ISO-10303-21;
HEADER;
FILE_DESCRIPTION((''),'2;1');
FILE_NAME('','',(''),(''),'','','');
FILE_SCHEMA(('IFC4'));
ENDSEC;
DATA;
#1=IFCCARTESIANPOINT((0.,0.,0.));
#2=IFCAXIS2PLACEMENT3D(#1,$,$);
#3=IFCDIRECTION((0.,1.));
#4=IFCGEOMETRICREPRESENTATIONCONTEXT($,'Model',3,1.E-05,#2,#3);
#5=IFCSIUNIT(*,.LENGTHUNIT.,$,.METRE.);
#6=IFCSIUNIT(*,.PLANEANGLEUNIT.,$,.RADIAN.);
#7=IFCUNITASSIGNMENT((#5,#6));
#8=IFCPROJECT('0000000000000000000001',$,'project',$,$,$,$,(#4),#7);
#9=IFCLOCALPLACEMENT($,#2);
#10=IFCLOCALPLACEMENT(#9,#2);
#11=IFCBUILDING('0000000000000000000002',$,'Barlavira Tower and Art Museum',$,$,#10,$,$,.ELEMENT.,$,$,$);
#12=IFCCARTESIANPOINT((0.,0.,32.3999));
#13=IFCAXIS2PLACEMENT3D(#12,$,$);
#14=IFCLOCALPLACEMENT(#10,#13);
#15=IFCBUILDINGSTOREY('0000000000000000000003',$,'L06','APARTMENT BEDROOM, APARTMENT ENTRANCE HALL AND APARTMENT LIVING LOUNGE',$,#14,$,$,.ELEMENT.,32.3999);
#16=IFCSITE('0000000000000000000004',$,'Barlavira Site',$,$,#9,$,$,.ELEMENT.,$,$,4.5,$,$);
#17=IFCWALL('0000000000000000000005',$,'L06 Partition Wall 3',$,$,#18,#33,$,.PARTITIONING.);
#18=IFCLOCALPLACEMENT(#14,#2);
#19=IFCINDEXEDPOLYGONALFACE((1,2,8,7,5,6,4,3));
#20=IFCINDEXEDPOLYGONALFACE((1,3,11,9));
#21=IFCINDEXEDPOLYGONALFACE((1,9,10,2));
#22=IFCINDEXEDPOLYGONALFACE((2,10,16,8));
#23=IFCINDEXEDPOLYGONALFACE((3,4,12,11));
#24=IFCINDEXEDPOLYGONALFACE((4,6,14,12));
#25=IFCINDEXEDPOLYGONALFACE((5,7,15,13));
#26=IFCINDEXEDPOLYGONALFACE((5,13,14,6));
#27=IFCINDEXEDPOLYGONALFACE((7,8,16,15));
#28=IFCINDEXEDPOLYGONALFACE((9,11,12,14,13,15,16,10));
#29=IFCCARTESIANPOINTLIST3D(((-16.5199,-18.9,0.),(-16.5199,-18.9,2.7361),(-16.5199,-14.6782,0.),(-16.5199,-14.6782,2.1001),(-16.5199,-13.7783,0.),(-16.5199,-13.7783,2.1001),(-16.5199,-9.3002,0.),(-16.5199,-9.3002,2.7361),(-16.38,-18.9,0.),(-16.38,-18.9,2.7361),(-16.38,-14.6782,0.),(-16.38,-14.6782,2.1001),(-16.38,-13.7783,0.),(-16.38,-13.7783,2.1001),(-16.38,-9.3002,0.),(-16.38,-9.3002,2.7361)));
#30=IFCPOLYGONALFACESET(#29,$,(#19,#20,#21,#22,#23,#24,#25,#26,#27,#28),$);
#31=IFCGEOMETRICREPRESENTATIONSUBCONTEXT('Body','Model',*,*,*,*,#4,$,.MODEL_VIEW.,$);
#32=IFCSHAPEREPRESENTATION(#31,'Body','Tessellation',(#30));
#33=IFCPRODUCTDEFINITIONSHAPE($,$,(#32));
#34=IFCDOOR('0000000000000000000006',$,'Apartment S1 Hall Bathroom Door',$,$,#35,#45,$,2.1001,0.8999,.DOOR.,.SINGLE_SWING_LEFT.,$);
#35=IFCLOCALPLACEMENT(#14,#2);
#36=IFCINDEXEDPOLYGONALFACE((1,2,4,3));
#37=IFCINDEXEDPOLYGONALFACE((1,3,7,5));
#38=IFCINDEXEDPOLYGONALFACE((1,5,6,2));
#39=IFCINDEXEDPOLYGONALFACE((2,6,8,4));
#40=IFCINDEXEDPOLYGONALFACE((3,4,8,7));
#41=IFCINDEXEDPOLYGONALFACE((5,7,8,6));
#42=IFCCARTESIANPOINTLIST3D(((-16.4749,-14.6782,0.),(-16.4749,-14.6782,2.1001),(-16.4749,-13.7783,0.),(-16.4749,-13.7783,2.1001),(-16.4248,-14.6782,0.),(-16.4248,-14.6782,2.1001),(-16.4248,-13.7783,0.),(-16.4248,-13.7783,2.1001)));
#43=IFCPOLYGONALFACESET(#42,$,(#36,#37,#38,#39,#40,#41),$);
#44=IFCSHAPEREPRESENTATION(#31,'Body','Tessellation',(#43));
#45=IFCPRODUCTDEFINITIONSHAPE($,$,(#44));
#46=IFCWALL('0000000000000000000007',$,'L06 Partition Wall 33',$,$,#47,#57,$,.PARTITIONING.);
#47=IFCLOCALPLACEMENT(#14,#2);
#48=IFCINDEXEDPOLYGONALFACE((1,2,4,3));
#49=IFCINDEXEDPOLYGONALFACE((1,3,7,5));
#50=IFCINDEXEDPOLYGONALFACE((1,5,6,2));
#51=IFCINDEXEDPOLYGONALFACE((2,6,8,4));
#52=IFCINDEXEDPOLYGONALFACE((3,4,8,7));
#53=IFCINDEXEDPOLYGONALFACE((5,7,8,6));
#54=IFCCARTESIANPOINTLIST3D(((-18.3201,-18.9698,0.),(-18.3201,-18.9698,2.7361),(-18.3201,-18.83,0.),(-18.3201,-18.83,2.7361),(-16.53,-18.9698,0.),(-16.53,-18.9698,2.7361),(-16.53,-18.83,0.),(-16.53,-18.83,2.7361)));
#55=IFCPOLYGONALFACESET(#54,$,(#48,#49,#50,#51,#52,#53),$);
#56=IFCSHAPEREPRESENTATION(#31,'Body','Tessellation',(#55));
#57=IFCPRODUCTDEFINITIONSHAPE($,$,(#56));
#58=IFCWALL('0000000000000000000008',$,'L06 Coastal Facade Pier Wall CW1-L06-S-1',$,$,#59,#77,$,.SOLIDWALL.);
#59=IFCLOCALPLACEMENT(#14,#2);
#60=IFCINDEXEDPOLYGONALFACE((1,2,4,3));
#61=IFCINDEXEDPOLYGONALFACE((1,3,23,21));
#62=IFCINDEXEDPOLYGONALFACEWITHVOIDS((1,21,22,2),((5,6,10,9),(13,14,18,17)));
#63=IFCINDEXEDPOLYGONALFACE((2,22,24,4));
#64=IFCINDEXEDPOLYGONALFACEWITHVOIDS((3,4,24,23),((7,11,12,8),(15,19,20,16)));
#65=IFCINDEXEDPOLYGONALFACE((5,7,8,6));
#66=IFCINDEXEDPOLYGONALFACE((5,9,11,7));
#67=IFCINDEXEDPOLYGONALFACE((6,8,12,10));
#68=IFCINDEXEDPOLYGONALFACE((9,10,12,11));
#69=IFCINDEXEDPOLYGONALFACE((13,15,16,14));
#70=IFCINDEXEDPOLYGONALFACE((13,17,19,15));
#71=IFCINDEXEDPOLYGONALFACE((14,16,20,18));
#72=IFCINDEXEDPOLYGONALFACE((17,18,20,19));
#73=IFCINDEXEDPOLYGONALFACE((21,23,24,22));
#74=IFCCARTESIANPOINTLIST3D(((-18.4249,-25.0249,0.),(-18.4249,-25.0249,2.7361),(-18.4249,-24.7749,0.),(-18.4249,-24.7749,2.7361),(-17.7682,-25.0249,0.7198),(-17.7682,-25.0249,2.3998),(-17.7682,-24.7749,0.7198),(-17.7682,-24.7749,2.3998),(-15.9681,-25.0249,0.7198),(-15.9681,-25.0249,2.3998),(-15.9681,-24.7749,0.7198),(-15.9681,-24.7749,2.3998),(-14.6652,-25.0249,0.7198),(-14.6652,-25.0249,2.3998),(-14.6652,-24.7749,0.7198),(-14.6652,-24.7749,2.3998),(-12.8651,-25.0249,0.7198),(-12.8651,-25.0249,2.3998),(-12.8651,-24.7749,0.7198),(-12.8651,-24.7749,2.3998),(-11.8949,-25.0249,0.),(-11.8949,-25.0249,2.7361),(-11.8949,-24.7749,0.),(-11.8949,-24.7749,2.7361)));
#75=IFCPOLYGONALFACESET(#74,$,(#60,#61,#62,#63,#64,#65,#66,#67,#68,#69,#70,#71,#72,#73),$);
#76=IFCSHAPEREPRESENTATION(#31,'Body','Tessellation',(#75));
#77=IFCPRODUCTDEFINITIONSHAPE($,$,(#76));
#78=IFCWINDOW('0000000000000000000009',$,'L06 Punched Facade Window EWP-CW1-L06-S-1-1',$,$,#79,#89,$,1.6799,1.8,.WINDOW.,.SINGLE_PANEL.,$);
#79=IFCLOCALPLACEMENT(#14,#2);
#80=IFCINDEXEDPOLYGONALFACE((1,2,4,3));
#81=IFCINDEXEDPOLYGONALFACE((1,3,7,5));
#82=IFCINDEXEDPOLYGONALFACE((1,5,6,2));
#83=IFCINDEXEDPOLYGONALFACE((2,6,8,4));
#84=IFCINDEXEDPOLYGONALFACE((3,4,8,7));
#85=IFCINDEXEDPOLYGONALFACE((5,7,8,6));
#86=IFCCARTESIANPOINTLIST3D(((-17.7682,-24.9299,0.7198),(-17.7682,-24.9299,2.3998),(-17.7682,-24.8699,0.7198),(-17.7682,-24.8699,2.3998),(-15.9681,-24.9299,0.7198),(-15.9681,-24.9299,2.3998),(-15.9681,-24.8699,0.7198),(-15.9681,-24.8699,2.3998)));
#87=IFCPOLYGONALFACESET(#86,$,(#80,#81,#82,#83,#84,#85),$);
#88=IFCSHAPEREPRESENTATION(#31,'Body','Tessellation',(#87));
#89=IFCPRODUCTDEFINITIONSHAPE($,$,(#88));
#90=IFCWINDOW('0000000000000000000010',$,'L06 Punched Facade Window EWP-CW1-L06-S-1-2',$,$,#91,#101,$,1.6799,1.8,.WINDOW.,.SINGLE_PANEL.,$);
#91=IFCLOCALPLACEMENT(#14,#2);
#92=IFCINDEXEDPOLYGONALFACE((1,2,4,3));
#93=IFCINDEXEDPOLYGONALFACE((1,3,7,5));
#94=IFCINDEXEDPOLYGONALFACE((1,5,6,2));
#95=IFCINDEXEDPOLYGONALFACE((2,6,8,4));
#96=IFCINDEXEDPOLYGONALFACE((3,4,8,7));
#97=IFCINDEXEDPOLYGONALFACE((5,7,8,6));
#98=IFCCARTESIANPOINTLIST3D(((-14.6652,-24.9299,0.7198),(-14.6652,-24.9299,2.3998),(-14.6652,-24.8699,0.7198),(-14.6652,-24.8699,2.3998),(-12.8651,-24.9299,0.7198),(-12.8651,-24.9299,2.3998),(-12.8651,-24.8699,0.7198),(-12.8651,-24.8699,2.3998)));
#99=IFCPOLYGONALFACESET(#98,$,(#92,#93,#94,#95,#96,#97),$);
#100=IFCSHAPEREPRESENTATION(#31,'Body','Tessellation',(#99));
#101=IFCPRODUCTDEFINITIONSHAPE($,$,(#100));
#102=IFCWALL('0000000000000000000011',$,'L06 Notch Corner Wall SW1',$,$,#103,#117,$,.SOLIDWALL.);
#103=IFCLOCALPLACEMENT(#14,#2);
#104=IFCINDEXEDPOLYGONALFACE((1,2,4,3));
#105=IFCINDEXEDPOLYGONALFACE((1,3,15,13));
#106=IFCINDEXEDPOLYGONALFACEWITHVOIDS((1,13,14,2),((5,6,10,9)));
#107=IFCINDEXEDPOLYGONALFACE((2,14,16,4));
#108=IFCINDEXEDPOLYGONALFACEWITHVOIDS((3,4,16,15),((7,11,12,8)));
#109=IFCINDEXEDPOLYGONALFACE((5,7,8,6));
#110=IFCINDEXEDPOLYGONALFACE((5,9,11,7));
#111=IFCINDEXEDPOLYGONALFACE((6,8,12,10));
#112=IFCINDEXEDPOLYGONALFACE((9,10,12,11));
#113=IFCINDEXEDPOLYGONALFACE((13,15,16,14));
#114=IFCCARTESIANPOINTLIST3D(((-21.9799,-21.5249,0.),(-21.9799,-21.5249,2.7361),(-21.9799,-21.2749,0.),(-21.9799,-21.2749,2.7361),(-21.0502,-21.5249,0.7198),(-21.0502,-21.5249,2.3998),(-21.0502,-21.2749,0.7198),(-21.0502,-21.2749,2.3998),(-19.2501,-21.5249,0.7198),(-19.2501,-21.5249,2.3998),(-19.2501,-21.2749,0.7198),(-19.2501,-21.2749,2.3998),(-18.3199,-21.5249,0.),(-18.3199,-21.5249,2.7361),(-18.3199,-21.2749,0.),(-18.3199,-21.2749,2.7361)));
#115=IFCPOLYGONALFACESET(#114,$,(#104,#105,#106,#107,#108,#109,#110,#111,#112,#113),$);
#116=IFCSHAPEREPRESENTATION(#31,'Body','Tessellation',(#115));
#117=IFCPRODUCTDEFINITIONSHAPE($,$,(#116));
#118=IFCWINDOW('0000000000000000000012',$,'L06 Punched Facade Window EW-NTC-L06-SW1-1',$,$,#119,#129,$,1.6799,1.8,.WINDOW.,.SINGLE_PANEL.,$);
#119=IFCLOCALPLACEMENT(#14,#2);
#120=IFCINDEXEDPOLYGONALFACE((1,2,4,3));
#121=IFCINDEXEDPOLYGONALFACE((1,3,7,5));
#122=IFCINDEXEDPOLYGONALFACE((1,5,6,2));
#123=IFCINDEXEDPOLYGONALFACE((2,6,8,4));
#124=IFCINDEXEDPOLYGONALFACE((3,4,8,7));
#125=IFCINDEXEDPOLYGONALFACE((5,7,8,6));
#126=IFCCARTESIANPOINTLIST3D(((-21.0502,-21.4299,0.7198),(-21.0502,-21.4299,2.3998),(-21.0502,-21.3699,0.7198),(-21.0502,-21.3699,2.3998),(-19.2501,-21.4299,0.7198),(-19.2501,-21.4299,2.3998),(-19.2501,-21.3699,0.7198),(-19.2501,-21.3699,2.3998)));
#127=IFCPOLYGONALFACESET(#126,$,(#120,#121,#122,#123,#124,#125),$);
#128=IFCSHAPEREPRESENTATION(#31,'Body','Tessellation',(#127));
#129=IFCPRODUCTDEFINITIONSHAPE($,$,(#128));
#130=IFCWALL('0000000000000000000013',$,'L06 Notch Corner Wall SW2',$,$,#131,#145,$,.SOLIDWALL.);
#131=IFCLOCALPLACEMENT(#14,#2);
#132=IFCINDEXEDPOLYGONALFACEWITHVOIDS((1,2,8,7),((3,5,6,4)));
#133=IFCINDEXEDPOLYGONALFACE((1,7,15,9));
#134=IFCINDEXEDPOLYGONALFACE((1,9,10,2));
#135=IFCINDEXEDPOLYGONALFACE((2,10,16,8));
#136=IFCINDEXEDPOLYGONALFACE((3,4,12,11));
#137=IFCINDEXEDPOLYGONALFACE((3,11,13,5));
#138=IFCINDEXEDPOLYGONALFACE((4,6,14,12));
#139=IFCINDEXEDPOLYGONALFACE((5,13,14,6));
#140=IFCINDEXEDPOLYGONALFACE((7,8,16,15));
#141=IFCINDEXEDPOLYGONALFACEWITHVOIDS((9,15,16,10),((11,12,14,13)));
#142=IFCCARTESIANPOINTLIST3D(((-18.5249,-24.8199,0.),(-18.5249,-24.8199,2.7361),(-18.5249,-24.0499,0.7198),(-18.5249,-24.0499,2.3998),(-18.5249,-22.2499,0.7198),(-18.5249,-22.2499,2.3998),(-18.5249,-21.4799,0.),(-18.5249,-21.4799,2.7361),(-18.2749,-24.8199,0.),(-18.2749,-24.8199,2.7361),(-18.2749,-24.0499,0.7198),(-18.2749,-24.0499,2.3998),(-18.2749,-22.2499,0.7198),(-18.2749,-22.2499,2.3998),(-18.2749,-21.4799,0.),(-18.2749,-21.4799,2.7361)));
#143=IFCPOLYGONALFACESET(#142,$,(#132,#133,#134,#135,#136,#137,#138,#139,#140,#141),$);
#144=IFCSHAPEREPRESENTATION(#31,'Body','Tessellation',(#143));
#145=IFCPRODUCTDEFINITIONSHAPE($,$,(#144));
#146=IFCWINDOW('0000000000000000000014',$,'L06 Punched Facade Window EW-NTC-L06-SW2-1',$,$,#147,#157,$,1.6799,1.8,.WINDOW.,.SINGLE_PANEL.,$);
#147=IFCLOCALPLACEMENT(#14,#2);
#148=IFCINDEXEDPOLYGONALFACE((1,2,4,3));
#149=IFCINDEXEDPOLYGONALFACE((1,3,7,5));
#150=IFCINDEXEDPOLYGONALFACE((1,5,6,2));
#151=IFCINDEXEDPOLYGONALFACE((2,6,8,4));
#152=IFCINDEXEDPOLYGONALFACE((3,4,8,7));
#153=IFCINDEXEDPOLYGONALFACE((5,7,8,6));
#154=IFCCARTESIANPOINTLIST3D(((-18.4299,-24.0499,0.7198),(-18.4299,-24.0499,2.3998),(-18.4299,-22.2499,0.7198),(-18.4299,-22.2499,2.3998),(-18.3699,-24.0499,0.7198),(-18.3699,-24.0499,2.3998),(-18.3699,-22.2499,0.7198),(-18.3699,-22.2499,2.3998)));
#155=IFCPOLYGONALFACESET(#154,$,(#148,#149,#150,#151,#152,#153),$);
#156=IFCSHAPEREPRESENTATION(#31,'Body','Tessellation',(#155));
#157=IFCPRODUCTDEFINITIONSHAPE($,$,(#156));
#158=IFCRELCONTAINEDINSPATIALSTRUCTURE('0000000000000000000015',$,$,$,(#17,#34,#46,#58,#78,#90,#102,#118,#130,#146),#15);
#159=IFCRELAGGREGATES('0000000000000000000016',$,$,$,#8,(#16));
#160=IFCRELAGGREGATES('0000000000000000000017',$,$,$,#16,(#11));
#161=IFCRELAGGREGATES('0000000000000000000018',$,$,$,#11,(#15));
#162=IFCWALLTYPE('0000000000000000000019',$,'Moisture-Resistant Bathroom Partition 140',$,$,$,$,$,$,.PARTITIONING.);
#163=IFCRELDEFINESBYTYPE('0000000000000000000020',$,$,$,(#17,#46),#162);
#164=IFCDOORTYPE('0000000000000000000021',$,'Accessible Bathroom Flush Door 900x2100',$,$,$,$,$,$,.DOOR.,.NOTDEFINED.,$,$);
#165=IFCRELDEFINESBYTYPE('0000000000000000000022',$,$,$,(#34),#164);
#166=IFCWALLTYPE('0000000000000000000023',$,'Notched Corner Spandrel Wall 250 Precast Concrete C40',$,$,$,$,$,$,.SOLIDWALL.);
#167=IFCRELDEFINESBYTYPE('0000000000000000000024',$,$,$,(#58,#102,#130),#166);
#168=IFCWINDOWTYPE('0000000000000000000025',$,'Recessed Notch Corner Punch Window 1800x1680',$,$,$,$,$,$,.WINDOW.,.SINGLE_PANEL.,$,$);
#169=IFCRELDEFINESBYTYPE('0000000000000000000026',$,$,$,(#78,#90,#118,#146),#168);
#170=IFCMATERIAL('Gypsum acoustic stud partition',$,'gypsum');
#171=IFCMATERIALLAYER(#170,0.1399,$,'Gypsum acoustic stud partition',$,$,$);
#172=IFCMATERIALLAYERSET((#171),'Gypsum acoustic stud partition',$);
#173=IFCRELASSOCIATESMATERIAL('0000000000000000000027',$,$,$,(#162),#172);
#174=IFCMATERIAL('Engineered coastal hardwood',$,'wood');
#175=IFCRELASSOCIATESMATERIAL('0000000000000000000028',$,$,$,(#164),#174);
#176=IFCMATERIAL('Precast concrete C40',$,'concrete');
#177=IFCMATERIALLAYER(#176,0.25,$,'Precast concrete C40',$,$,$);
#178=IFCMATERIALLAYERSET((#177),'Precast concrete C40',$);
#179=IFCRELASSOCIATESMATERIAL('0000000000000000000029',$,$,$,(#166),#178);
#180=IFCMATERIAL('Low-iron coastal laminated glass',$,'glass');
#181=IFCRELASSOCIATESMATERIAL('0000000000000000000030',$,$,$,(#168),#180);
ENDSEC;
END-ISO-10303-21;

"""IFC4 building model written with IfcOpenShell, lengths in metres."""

from ifc_helpers import new_model, si_unit, direction, frame, frame_2d, origin, place, context, subcontext, project, spatial, rectangle, extrude, material, layer, layer_set, type_object, element, fill, save


model = new_model("IFC4")

# Units and contexts
model_context = context("Model", 3, precision=1e-05, world=origin(), true_north=direction((0.0, 1.0)))
body_context = subcontext(model_context, "Body", "Model", "MODEL_VIEW")
ifc_project = project(units=[si_unit("LENGTHUNIT", "METRE"), si_unit("PLANEANGLEUNIT", "RADIAN")], contexts=[model_context])

# Site, building, storey
site_placement = place(None, origin())
site = spatial("IfcSite", under=ifc_project, at=site_placement, Name="Barlavira Site", CompositionType="ELEMENT", RefElevation=4.5)
building_placement = place(site_placement, origin())
building = spatial("IfcBuilding", under=site, at=building_placement, Name="Barlavira Tower and Art Museum", CompositionType="ELEMENT")
storey_placement = place(building_placement, frame((0.0, 0.0, 32.3999)))
storey = spatial("IfcBuildingStorey", under=building, at=storey_placement, Name="L06", Description="APARTMENT BEDROOM, APARTMENT ENTRANCE HALL AND APARTMENT LIVING LOUNGE", CompositionType="ELEMENT", Elevation=32.3999)

# Shared definitions
ifc_material_1 = material(Name="Gypsum acoustic stud partition", Category="gypsum")
ifc_material_2 = material(Name="Engineered coastal hardwood", Category="wood")

# Wall, opening, door
ifc_layer_1 = layer(ifc_material_1, 0.1399, Name="Gypsum acoustic stud partition")
ifc_layer_set_1 = layer_set([ifc_layer_1], Name="Gypsum acoustic stud partition")
wall_type_1 = type_object("IfcWallType", Name="Moisture-Resistant Bathroom Partition 140", PredefinedType="PARTITIONING", material=ifc_layer_set_1)
wall_1_placement = place(storey_placement, frame((-16.45, -18.8999, 0.0), z_axis=(0.0, 0.0, 1.0), x_axis=(0.0, 1.0, 0.0)))
wall_1 = element("IfcWall", 1, at=wall_1_placement, inside=storey, type_object=wall_type_1, Name="L06 Partition Wall 3", PredefinedType="PARTITIONING", context=body_context, shape_type="SweptSolid", body=[
    extrude(rectangle(XDim=9.5999, YDim=0.1399, at=frame_2d((4.7998, 0.0))), origin(), (0.0, 0.0, 1.0), 2.7361),
])
opening_1_placement = place(wall_1_placement, frame((4.2217, 0.0, 0.0)))
opening_1 = element("IfcOpeningElement", 2, at=opening_1_placement, cuts=wall_1, PredefinedType="OPENING", context=body_context, shape_type="SweptSolid", body=[
    extrude(rectangle(XDim=0.8999, YDim=2.1001, at=frame_2d((0.45, 1.05))), frame((0.0, 0.0801, 0.0), z_axis=(0.0, -1.0, 0.0), x_axis=(1.0, 0.0, 0.0)), (0.0, 0.0, 1.0), 0.1599),
])
door_type_1 = type_object("IfcDoorType", Name="Accessible Bathroom Flush Door 900x2100", OperationType="NOTDEFINED", PredefinedType="DOOR", material=ifc_material_2)
door_1_placement = place(opening_1_placement, origin())
door_1 = element("IfcDoor", 3, at=door_1_placement, inside=storey, type_object=door_type_1, Name="Apartment S1 Hall Bathroom Door", OperationType="SINGLE_SWING_LEFT", OverallHeight=2.1001, OverallWidth=0.8999, PredefinedType="DOOR", context=body_context, shape_type="SweptSolid", body=[
    extrude(rectangle(XDim=0.8999, YDim=2.1001, at=frame_2d((0.45, 1.05))), frame((0.0, 0.0249, 0.0), z_axis=(0.0, -1.0, 0.0), x_axis=(1.0, 0.0, 0.0)), (0.0, 0.0, 1.0), 0.05),
])
fill(opening_1, door_1)

# Wall
wall_2_placement = place(storey_placement, frame((-18.3201, -18.8999, 0.0), z_axis=(0.0, 0.0, 1.0), x_axis=(1.0, 0.0, 0.0)))
element("IfcWall", 4, at=wall_2_placement, inside=storey, type_object=wall_type_1, Name="L06 Partition Wall 33", PredefinedType="PARTITIONING", context=body_context, shape_type="SweptSolid", body=[
    extrude(rectangle(XDim=1.79, YDim=0.1399, at=frame_2d((0.895, 0.0))), origin(), (0.0, 0.0, 1.0), 2.7361),
])

# Wall, openings, windows
ifc_material_3 = material(Name="Precast concrete C40", Category="concrete")
ifc_layer_2 = layer(ifc_material_3, 0.25, Name="Precast concrete C40")
ifc_layer_set_2 = layer_set([ifc_layer_2], Name="Precast concrete C40")
wall_type_2 = type_object("IfcWallType", Name="Notched Corner Spandrel Wall 250 Precast Concrete C40", PredefinedType="SOLIDWALL", material=ifc_layer_set_2)
wall_3_placement = place(storey_placement, frame((-18.425, -24.8999, 0.0), z_axis=(0.0, 0.0, 1.0), x_axis=(1.0, 0.0, 0.0)))
wall_3 = element("IfcWall", 5, at=wall_3_placement, inside=storey, type_object=wall_type_2, Name="L06 Coastal Facade Pier Wall CW1-L06-S-1", PredefinedType="SOLIDWALL", context=body_context, shape_type="SweptSolid", body=[
    extrude(rectangle(XDim=6.53, YDim=0.25, at=frame_2d((3.2651, 0.0))), origin(), (0.0, 0.0, 1.0), 2.7361),
])
opening_2_placement = place(wall_3_placement, frame((0.657, 0.0, 0.72)))
opening_2 = element("IfcOpeningElement", 6, at=opening_2_placement, cuts=wall_3, PredefinedType="OPENING", context=body_context, shape_type="SweptSolid", body=[
    extrude(rectangle(XDim=1.8, YDim=1.6799, at=frame_2d((0.8999, 0.8398))), frame((0.0, 0.135, 0.0), z_axis=(0.0, -1.0, 0.0), x_axis=(1.0, 0.0, 0.0)), (0.0, 0.0, 1.0), 0.27),
])
opening_3_placement = place(wall_3_placement, frame((3.76, 0.0, 0.72)))
opening_3 = element("IfcOpeningElement", 7, at=opening_3_placement, cuts=wall_3, PredefinedType="OPENING", context=body_context, shape_type="SweptSolid", body=[
    extrude(rectangle(XDim=1.8, YDim=1.6799, at=frame_2d((0.8999, 0.8398))), frame((0.0, 0.135, 0.0), z_axis=(0.0, -1.0, 0.0), x_axis=(1.0, 0.0, 0.0)), (0.0, 0.0, 1.0), 0.27),
])
ifc_material_4 = material(Name="Low-iron coastal laminated glass", Category="glass")
window_type = type_object("IfcWindowType", Name="Recessed Notch Corner Punch Window 1800x1680", PartitioningType="SINGLE_PANEL", PredefinedType="WINDOW", material=ifc_material_4)
window_1_placement = place(opening_2_placement, origin())
window_1 = element("IfcWindow", 8, at=window_1_placement, inside=storey, type_object=window_type, Name="L06 Punched Facade Window EWP-CW1-L06-S-1-1", OverallHeight=1.6799, OverallWidth=1.8, PartitioningType="SINGLE_PANEL", PredefinedType="WINDOW", context=body_context, shape_type="SweptSolid", body=[
    extrude(rectangle(XDim=1.8, YDim=1.6799, at=frame_2d((0.8999, 0.8398))), frame((0.0, 0.03, 0.0), z_axis=(0.0, -1.0, 0.0), x_axis=(1.0, 0.0, 0.0)), (0.0, 0.0, 1.0), 0.0601),
])
fill(opening_2, window_1)
window_2_placement = place(opening_3_placement, origin())
window_2 = element("IfcWindow", 9, at=window_2_placement, inside=storey, type_object=window_type, Name="L06 Punched Facade Window EWP-CW1-L06-S-1-2", OverallHeight=1.6799, OverallWidth=1.8, PartitioningType="SINGLE_PANEL", PredefinedType="WINDOW", context=body_context, shape_type="SweptSolid", body=[
    extrude(rectangle(XDim=1.8, YDim=1.6799, at=frame_2d((0.8999, 0.8398))), frame((0.0, 0.03, 0.0), z_axis=(0.0, -1.0, 0.0), x_axis=(1.0, 0.0, 0.0)), (0.0, 0.0, 1.0), 0.0601),
])
fill(opening_3, window_2)

# Walls, openings, windows
wall_4_placement = place(storey_placement, frame((-21.98, -21.3999, 0.0), z_axis=(0.0, 0.0, 1.0), x_axis=(1.0, 0.0, 0.0)))
wall_4 = element("IfcWall", 10, at=wall_4_placement, inside=storey, type_object=wall_type_2, Name="L06 Notch Corner Wall SW1", PredefinedType="SOLIDWALL", context=body_context, shape_type="SweptSolid", body=[
    extrude(rectangle(XDim=3.6599, YDim=0.25, at=frame_2d((1.8301, 0.0))), origin(), (0.0, 0.0, 1.0), 2.7361),
])
opening_4_placement = place(wall_4_placement, frame((0.9299, 0.0, 0.72)))
opening_4 = element("IfcOpeningElement", 11, at=opening_4_placement, cuts=wall_4, PredefinedType="OPENING", context=body_context, shape_type="SweptSolid", body=[
    extrude(rectangle(XDim=1.8, YDim=1.6799, at=frame_2d((0.8999, 0.8398))), frame((0.0, 0.135, 0.0), z_axis=(0.0, -1.0, 0.0), x_axis=(1.0, 0.0, 0.0)), (0.0, 0.0, 1.0), 0.27),
])
window_3_placement = place(opening_4_placement, origin())
window_3 = element("IfcWindow", 12, at=window_3_placement, inside=storey, type_object=window_type, Name="L06 Punched Facade Window EW-NTC-L06-SW1-1", OverallHeight=1.6799, OverallWidth=1.8, PartitioningType="SINGLE_PANEL", PredefinedType="WINDOW", context=body_context, shape_type="SweptSolid", body=[
    extrude(rectangle(XDim=1.8, YDim=1.6799, at=frame_2d((0.8999, 0.8398))), frame((0.0, 0.03, 0.0), z_axis=(0.0, -1.0, 0.0), x_axis=(1.0, 0.0, 0.0)), (0.0, 0.0, 1.0), 0.0601),
])
fill(opening_4, window_3)
wall_5_placement = place(storey_placement, frame((-18.3999, -21.48, 0.0), z_axis=(0.0, 0.0, 1.0), x_axis=(0.0, -1.0, 0.0)))
wall_5 = element("IfcWall", 13, at=wall_5_placement, inside=storey, type_object=wall_type_2, Name="L06 Notch Corner Wall SW2", PredefinedType="SOLIDWALL", context=body_context, shape_type="SweptSolid", body=[
    extrude(rectangle(XDim=3.3401, YDim=0.25, at=frame_2d((1.6699, 0.0))), origin(), (0.0, 0.0, 1.0), 2.7361),
])
opening_5_placement = place(wall_5_placement, frame((0.77, 0.0, 0.72)))
opening_5 = element("IfcOpeningElement", 14, at=opening_5_placement, cuts=wall_5, PredefinedType="OPENING", context=body_context, shape_type="SweptSolid", body=[
    extrude(rectangle(XDim=1.8, YDim=1.6799, at=frame_2d((0.8999, 0.8398))), frame((0.0, 0.135, 0.0), z_axis=(0.0, -1.0, 0.0), x_axis=(1.0, 0.0, 0.0)), (0.0, 0.0, 1.0), 0.27),
])
window_4_placement = place(opening_5_placement, origin())
window_4 = element("IfcWindow", 15, at=window_4_placement, inside=storey, type_object=window_type, Name="L06 Punched Facade Window EW-NTC-L06-SW2-1", OverallHeight=1.6799, OverallWidth=1.8, PartitioningType="SINGLE_PANEL", PredefinedType="WINDOW", context=body_context, shape_type="SweptSolid", body=[
    extrude(rectangle(XDim=1.8, YDim=1.6799, at=frame_2d((0.8999, 0.8398))), frame((0.0, 0.03, 0.0), z_axis=(0.0, -1.0, 0.0), x_axis=(1.0, 0.0, 0.0)), (0.0, 0.0, 1.0), 0.0601),
])
fill(opening_5, window_4)

save(model, "model.ifc")
